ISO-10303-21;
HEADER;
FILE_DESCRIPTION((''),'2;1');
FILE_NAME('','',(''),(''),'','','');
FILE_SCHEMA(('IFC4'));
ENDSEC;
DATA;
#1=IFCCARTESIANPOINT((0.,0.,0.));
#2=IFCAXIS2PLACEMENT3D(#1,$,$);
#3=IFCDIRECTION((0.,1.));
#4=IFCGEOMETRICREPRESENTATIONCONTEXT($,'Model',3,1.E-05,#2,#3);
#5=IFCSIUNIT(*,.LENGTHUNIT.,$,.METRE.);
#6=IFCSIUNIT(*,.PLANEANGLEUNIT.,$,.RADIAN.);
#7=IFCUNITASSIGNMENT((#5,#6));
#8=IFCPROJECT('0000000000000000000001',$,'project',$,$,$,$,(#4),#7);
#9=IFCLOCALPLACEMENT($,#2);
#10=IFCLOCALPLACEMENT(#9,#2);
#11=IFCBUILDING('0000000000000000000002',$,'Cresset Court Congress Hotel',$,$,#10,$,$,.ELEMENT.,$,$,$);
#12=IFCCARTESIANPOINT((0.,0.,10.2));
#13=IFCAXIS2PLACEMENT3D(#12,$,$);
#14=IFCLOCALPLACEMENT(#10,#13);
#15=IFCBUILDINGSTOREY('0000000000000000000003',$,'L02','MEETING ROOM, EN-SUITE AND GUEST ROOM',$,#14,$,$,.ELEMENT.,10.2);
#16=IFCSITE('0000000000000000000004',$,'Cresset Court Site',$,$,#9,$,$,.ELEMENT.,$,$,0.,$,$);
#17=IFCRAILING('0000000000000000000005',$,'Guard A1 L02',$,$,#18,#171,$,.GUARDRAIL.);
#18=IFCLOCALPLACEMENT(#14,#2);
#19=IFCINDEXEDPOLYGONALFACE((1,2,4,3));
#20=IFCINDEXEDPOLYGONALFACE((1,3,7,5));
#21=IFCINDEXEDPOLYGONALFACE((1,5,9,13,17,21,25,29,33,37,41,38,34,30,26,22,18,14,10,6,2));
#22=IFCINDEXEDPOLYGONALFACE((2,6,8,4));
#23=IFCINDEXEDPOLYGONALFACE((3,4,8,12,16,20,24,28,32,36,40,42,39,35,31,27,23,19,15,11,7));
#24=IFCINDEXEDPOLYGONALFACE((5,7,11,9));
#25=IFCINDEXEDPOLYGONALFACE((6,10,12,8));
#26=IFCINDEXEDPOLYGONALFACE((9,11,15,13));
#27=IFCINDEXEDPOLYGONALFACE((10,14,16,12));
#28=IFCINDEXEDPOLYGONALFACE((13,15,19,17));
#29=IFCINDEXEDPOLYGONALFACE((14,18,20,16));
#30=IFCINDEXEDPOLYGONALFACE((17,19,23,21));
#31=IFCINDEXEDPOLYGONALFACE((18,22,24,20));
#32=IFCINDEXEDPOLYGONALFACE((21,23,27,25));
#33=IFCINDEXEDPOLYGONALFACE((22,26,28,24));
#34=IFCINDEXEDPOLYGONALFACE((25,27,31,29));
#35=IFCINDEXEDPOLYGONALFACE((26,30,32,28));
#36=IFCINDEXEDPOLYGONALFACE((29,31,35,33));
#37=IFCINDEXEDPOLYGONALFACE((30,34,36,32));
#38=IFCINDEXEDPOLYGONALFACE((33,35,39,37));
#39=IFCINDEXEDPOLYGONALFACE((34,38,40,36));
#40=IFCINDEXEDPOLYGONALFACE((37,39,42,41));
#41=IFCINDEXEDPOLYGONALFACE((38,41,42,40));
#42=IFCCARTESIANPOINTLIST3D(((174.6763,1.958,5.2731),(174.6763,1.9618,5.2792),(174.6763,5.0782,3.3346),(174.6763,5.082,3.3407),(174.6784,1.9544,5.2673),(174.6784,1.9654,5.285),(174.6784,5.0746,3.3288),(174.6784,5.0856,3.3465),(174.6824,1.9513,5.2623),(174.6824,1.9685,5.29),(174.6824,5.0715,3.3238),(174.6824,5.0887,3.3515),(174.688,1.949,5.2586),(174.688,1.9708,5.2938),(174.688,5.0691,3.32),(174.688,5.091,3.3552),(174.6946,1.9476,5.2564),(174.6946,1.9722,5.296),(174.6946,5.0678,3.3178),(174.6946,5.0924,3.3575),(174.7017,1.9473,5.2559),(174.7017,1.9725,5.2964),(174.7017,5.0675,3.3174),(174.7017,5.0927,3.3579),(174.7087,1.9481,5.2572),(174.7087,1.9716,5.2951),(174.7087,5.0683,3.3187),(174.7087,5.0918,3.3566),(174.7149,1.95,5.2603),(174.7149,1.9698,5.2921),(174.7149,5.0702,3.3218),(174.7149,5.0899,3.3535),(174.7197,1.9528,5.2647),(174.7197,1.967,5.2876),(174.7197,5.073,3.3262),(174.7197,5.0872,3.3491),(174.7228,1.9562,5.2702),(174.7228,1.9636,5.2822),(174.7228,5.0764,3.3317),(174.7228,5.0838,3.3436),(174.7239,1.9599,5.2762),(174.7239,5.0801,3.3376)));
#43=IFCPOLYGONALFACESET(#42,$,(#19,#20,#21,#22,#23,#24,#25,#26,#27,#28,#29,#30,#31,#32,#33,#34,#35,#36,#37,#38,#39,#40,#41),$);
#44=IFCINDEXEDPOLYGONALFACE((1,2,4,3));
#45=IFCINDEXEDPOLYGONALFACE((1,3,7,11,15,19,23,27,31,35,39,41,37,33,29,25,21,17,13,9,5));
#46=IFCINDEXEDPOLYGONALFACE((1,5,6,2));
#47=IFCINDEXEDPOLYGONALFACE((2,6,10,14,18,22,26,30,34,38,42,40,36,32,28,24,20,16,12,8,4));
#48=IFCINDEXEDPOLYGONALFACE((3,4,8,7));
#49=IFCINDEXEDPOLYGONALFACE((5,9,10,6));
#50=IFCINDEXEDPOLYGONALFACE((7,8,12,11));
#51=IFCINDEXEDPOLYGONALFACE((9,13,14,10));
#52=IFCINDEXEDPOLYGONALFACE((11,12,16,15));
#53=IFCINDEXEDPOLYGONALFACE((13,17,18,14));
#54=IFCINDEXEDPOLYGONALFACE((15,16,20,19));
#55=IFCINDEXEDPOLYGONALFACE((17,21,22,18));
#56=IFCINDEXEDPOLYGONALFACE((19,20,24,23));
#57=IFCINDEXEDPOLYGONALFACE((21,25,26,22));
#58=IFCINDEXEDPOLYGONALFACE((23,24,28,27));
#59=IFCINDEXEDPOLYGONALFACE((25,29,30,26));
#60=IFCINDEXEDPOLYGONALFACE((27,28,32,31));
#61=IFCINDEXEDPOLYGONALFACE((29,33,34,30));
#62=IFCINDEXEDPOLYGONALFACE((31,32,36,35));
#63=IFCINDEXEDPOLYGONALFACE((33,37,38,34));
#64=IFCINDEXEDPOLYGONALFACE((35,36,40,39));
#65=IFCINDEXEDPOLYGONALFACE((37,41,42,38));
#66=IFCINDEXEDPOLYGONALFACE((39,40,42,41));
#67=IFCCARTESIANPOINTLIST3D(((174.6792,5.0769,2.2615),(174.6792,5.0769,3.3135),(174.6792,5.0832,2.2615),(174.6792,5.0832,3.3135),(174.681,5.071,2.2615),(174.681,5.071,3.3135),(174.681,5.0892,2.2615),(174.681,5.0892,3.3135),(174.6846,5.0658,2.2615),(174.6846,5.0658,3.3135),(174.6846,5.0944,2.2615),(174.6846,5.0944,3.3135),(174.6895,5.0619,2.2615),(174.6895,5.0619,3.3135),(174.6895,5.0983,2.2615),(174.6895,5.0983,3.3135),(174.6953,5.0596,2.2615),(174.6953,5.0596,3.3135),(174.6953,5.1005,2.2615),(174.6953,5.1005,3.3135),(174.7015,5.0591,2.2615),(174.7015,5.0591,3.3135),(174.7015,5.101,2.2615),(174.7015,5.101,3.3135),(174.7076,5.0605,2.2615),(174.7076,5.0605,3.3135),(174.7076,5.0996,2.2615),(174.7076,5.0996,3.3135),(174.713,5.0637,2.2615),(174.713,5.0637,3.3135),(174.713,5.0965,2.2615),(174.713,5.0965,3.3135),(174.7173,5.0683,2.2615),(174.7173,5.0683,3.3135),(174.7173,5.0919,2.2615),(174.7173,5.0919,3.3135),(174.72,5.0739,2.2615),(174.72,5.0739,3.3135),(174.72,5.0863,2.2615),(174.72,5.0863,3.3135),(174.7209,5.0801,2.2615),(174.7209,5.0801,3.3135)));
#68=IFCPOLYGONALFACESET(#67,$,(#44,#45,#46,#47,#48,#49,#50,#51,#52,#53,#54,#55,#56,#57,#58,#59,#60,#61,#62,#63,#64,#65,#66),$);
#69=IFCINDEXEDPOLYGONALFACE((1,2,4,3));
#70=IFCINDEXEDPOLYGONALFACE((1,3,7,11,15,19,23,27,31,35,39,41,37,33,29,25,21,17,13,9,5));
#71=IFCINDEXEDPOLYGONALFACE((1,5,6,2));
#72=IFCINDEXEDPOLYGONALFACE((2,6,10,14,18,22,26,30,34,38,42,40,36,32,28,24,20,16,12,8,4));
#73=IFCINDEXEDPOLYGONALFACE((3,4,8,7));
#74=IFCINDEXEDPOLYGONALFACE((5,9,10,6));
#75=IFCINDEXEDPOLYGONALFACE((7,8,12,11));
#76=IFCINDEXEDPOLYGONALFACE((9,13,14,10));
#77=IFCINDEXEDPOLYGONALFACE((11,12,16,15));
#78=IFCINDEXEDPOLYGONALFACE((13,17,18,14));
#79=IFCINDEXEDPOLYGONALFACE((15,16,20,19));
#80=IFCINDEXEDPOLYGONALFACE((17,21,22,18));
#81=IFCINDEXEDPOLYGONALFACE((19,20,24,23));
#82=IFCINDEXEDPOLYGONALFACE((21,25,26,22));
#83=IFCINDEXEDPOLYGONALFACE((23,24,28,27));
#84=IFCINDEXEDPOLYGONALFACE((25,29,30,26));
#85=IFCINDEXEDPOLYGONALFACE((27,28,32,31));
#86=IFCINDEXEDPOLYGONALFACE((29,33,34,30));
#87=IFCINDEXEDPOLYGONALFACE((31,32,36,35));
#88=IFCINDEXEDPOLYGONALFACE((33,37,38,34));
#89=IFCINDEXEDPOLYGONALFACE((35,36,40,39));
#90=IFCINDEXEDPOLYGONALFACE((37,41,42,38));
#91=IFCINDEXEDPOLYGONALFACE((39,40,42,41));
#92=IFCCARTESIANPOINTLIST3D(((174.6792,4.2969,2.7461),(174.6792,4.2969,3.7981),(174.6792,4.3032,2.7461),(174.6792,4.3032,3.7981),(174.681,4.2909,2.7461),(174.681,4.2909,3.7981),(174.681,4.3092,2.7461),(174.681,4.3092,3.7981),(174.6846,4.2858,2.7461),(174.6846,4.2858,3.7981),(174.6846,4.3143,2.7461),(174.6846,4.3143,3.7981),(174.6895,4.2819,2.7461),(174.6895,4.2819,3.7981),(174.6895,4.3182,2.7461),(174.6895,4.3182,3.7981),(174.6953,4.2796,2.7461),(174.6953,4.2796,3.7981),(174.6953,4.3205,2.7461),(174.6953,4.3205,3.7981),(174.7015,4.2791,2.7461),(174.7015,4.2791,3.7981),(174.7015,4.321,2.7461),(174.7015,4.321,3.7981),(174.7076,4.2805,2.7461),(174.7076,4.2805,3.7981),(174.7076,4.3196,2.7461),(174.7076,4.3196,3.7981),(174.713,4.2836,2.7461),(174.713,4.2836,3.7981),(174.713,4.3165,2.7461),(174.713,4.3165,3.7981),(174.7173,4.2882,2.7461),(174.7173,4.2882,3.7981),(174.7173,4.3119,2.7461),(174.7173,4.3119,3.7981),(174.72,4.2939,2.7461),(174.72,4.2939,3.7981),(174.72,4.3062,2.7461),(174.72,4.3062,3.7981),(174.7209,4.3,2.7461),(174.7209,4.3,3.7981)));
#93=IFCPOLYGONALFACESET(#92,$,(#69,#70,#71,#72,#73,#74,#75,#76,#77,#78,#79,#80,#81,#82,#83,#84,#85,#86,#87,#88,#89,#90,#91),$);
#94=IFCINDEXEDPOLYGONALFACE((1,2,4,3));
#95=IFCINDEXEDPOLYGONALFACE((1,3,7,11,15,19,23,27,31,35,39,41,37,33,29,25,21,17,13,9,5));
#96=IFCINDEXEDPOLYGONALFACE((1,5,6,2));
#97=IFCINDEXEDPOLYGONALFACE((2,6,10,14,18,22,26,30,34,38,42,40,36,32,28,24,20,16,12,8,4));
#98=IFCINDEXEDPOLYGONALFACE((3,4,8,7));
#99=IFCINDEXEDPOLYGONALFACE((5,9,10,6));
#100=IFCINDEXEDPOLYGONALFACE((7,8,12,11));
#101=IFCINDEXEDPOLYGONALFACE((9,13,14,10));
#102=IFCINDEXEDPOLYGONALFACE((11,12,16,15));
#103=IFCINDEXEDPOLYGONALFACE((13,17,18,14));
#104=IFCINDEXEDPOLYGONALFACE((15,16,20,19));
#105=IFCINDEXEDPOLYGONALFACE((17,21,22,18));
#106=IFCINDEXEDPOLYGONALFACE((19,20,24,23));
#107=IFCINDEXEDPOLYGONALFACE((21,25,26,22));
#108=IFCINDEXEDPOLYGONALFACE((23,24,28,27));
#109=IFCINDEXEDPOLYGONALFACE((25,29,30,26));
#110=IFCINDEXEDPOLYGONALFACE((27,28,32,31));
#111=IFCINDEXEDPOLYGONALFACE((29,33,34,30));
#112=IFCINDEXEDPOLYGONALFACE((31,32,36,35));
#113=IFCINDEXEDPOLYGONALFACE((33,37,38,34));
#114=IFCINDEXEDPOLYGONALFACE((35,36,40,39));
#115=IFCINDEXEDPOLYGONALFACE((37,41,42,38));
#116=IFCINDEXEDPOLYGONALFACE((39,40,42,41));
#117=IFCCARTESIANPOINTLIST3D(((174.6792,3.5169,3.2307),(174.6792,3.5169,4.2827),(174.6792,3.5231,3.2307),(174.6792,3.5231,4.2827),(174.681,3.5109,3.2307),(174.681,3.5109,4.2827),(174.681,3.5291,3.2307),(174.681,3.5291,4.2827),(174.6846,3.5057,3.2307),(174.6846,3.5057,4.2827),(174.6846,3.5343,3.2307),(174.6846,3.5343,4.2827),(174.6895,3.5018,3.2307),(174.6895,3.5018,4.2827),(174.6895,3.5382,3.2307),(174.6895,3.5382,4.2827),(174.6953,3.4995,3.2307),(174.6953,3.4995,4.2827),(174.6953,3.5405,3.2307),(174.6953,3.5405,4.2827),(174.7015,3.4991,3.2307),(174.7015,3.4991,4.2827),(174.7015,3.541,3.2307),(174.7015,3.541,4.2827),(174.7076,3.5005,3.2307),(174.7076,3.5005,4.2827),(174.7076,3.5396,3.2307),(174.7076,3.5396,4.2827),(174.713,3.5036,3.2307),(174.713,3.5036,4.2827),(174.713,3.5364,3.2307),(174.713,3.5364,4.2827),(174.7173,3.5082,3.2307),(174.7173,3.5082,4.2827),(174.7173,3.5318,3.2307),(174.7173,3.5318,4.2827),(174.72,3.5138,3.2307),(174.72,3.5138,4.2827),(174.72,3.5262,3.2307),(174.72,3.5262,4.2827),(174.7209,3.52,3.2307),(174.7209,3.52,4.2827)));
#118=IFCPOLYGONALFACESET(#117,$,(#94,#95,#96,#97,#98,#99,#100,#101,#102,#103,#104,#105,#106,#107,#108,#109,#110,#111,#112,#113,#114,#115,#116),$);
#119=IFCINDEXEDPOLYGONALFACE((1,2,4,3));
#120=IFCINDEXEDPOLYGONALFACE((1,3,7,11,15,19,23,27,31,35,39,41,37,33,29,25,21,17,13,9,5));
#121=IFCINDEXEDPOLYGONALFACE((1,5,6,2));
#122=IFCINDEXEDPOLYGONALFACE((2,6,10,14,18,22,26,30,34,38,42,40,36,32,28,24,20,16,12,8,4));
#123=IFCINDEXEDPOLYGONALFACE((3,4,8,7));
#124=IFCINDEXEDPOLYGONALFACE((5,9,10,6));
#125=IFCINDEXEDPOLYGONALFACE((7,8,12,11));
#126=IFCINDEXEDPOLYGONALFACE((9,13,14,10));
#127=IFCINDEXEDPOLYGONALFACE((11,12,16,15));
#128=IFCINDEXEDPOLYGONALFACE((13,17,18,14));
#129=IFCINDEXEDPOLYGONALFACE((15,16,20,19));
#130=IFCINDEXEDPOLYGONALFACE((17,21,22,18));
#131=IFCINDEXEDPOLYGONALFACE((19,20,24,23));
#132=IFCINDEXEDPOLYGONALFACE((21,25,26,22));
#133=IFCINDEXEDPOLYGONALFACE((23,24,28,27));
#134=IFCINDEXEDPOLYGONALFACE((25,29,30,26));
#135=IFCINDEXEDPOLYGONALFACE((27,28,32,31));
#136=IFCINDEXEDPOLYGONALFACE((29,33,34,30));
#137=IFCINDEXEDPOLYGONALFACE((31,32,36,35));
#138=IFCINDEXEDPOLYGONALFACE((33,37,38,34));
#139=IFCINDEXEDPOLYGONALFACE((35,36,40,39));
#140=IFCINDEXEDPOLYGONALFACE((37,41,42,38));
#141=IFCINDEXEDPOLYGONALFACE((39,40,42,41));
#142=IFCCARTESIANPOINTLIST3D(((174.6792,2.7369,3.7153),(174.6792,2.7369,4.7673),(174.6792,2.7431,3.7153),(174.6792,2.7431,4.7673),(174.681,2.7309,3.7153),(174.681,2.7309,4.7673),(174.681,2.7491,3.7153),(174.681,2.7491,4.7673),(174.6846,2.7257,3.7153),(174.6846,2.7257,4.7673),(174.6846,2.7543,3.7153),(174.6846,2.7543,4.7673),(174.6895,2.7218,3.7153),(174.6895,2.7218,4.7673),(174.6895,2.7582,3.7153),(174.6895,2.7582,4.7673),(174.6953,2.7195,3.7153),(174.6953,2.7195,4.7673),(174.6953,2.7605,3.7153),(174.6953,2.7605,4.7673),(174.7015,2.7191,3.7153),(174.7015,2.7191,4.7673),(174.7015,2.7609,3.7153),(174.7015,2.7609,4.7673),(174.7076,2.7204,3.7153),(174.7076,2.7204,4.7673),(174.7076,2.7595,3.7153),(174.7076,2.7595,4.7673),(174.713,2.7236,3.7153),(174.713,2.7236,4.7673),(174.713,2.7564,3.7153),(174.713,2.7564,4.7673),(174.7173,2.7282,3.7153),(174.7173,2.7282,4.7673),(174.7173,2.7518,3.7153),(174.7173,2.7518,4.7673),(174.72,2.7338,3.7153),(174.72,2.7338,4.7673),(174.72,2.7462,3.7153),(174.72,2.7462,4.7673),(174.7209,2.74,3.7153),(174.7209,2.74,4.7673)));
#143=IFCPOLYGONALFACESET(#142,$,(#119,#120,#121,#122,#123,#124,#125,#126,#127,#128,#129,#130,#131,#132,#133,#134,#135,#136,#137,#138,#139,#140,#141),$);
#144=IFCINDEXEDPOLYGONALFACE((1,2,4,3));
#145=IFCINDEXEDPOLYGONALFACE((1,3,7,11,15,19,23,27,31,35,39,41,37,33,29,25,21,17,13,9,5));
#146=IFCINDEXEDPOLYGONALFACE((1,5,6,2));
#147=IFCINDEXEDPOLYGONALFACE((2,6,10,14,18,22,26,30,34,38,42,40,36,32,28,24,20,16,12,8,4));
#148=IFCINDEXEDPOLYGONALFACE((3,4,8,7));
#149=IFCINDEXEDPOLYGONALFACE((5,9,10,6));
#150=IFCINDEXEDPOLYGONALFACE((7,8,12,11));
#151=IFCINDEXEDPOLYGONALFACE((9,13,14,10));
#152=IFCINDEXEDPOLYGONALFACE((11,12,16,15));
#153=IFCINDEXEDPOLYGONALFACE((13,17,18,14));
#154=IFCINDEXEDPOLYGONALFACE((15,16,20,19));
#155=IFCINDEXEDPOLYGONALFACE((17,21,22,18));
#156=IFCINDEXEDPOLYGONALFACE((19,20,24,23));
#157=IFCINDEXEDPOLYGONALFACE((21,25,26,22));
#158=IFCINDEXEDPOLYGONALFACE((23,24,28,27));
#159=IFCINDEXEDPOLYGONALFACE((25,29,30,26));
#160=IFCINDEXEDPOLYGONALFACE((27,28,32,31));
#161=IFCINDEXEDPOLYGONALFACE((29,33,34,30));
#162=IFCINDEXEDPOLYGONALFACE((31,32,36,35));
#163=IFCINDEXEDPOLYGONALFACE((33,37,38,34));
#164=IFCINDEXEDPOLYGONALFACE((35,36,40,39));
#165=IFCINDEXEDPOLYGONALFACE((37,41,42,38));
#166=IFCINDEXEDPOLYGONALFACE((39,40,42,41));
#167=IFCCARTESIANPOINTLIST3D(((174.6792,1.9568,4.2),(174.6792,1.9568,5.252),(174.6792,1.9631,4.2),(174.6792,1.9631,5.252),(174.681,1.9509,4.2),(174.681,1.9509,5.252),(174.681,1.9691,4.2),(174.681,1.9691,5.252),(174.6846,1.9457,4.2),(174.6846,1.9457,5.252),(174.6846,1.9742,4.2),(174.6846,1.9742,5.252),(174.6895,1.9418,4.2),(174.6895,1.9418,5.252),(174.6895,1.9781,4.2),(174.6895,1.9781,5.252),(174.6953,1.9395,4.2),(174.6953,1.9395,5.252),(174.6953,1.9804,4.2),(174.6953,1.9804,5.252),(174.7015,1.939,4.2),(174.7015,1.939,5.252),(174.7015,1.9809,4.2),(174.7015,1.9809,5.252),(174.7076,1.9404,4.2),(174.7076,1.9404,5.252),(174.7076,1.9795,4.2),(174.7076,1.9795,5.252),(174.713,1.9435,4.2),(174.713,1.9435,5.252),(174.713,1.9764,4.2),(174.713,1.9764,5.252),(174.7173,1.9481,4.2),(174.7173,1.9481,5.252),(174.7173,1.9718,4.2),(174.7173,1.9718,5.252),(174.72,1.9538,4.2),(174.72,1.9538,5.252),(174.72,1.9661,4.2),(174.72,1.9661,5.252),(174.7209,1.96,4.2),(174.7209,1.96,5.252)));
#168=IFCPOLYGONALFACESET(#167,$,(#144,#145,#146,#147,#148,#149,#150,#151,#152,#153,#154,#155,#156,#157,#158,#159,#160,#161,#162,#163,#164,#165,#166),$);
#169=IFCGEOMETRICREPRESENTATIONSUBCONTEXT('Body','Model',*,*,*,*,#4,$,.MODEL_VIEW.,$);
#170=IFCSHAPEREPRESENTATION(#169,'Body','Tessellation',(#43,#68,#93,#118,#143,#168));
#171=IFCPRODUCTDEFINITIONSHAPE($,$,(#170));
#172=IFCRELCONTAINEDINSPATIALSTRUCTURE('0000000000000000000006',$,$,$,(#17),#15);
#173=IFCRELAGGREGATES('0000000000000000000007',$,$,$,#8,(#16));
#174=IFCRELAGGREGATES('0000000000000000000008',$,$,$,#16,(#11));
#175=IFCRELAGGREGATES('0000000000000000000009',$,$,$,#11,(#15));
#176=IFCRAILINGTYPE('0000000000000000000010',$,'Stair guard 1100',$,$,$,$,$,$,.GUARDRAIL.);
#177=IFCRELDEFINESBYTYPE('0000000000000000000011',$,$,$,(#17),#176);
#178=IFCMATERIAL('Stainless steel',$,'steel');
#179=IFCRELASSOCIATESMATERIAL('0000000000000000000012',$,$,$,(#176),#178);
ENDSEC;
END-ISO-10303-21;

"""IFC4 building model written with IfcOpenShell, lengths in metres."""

from ifc_helpers import new_model, si_unit, direction, frame, origin, origin_2d, place, context, subcontext, project, spatial, circle, extrude, material, type_object, element, save


model = new_model("IFC4")

# Units and contexts
model_context = context("Model", 3, precision=1e-05, world=origin(), true_north=direction((0.0, 1.0)))
body_context = subcontext(model_context, "Body", "Model", "MODEL_VIEW")
ifc_project = project(units=[si_unit("LENGTHUNIT", "METRE"), si_unit("PLANEANGLEUNIT", "RADIAN")], contexts=[model_context])

# Site, building, storey
site_placement = place(None, origin())
site = spatial("IfcSite", under=ifc_project, at=site_placement, Name="Cresset Court Site", CompositionType="ELEMENT", RefElevation=0.0)
building_placement = place(site_placement, origin())
building = spatial("IfcBuilding", under=site, at=building_placement, Name="Cresset Court Congress Hotel", CompositionType="ELEMENT")
storey_placement = place(building_placement, frame((0.0, 0.0, 10.2)))
storey = spatial("IfcBuildingStorey", under=building, at=storey_placement, Name="L02", Description="MEETING ROOM, EN-SUITE AND GUEST ROOM", CompositionType="ELEMENT", Elevation=10.2)

# Railing
ifc_material_1 = material(Name="Stainless steel", Category="steel")
railing_type_1 = type_object("IfcRailingType", Name="Stair guard 1100", PredefinedType="GUARDRAIL", material=ifc_material_1)
railing_1_placement = place(storey_placement, frame((174.7, 5.0801, 2.2615)))
element("IfcRailing", 1, at=railing_1_placement, inside=storey, type_object=railing_type_1, Name="Guard A1 L02", PredefinedType="GUARDRAIL", context=body_context, shape_type="SweptSolid", body=[
    extrude(circle(Radius=0.0239, at=origin_2d()), frame((0.0, 0.0, 1.0762), z_axis=(0.0, -0.849414, 0.527727), x_axis=(1.0, 0.0, 0.0)), (0.0, 0.0, 1.0), 3.6733),
    extrude(circle(Radius=0.021, at=origin_2d()), origin(), (0.0, 0.0, 1.0), 1.052),
    extrude(circle(Radius=0.021, at=origin_2d()), frame((0.0, -0.78, 0.4846)), (0.0, 0.0, 1.0), 1.052),
    extrude(circle(Radius=0.021, at=origin_2d()), frame((0.0, -1.5601, 0.9692)), (0.0, 0.0, 1.0), 1.052),
    extrude(circle(Radius=0.021, at=origin_2d()), frame((0.0, -2.3401, 1.4539)), (0.0, 0.0, 1.0), 1.052),
    extrude(circle(Radius=0.021, at=origin_2d()), frame((0.0, -3.1201, 1.9385)), (0.0, 0.0, 1.0), 1.052),
])

save(model, "model.ifc")
